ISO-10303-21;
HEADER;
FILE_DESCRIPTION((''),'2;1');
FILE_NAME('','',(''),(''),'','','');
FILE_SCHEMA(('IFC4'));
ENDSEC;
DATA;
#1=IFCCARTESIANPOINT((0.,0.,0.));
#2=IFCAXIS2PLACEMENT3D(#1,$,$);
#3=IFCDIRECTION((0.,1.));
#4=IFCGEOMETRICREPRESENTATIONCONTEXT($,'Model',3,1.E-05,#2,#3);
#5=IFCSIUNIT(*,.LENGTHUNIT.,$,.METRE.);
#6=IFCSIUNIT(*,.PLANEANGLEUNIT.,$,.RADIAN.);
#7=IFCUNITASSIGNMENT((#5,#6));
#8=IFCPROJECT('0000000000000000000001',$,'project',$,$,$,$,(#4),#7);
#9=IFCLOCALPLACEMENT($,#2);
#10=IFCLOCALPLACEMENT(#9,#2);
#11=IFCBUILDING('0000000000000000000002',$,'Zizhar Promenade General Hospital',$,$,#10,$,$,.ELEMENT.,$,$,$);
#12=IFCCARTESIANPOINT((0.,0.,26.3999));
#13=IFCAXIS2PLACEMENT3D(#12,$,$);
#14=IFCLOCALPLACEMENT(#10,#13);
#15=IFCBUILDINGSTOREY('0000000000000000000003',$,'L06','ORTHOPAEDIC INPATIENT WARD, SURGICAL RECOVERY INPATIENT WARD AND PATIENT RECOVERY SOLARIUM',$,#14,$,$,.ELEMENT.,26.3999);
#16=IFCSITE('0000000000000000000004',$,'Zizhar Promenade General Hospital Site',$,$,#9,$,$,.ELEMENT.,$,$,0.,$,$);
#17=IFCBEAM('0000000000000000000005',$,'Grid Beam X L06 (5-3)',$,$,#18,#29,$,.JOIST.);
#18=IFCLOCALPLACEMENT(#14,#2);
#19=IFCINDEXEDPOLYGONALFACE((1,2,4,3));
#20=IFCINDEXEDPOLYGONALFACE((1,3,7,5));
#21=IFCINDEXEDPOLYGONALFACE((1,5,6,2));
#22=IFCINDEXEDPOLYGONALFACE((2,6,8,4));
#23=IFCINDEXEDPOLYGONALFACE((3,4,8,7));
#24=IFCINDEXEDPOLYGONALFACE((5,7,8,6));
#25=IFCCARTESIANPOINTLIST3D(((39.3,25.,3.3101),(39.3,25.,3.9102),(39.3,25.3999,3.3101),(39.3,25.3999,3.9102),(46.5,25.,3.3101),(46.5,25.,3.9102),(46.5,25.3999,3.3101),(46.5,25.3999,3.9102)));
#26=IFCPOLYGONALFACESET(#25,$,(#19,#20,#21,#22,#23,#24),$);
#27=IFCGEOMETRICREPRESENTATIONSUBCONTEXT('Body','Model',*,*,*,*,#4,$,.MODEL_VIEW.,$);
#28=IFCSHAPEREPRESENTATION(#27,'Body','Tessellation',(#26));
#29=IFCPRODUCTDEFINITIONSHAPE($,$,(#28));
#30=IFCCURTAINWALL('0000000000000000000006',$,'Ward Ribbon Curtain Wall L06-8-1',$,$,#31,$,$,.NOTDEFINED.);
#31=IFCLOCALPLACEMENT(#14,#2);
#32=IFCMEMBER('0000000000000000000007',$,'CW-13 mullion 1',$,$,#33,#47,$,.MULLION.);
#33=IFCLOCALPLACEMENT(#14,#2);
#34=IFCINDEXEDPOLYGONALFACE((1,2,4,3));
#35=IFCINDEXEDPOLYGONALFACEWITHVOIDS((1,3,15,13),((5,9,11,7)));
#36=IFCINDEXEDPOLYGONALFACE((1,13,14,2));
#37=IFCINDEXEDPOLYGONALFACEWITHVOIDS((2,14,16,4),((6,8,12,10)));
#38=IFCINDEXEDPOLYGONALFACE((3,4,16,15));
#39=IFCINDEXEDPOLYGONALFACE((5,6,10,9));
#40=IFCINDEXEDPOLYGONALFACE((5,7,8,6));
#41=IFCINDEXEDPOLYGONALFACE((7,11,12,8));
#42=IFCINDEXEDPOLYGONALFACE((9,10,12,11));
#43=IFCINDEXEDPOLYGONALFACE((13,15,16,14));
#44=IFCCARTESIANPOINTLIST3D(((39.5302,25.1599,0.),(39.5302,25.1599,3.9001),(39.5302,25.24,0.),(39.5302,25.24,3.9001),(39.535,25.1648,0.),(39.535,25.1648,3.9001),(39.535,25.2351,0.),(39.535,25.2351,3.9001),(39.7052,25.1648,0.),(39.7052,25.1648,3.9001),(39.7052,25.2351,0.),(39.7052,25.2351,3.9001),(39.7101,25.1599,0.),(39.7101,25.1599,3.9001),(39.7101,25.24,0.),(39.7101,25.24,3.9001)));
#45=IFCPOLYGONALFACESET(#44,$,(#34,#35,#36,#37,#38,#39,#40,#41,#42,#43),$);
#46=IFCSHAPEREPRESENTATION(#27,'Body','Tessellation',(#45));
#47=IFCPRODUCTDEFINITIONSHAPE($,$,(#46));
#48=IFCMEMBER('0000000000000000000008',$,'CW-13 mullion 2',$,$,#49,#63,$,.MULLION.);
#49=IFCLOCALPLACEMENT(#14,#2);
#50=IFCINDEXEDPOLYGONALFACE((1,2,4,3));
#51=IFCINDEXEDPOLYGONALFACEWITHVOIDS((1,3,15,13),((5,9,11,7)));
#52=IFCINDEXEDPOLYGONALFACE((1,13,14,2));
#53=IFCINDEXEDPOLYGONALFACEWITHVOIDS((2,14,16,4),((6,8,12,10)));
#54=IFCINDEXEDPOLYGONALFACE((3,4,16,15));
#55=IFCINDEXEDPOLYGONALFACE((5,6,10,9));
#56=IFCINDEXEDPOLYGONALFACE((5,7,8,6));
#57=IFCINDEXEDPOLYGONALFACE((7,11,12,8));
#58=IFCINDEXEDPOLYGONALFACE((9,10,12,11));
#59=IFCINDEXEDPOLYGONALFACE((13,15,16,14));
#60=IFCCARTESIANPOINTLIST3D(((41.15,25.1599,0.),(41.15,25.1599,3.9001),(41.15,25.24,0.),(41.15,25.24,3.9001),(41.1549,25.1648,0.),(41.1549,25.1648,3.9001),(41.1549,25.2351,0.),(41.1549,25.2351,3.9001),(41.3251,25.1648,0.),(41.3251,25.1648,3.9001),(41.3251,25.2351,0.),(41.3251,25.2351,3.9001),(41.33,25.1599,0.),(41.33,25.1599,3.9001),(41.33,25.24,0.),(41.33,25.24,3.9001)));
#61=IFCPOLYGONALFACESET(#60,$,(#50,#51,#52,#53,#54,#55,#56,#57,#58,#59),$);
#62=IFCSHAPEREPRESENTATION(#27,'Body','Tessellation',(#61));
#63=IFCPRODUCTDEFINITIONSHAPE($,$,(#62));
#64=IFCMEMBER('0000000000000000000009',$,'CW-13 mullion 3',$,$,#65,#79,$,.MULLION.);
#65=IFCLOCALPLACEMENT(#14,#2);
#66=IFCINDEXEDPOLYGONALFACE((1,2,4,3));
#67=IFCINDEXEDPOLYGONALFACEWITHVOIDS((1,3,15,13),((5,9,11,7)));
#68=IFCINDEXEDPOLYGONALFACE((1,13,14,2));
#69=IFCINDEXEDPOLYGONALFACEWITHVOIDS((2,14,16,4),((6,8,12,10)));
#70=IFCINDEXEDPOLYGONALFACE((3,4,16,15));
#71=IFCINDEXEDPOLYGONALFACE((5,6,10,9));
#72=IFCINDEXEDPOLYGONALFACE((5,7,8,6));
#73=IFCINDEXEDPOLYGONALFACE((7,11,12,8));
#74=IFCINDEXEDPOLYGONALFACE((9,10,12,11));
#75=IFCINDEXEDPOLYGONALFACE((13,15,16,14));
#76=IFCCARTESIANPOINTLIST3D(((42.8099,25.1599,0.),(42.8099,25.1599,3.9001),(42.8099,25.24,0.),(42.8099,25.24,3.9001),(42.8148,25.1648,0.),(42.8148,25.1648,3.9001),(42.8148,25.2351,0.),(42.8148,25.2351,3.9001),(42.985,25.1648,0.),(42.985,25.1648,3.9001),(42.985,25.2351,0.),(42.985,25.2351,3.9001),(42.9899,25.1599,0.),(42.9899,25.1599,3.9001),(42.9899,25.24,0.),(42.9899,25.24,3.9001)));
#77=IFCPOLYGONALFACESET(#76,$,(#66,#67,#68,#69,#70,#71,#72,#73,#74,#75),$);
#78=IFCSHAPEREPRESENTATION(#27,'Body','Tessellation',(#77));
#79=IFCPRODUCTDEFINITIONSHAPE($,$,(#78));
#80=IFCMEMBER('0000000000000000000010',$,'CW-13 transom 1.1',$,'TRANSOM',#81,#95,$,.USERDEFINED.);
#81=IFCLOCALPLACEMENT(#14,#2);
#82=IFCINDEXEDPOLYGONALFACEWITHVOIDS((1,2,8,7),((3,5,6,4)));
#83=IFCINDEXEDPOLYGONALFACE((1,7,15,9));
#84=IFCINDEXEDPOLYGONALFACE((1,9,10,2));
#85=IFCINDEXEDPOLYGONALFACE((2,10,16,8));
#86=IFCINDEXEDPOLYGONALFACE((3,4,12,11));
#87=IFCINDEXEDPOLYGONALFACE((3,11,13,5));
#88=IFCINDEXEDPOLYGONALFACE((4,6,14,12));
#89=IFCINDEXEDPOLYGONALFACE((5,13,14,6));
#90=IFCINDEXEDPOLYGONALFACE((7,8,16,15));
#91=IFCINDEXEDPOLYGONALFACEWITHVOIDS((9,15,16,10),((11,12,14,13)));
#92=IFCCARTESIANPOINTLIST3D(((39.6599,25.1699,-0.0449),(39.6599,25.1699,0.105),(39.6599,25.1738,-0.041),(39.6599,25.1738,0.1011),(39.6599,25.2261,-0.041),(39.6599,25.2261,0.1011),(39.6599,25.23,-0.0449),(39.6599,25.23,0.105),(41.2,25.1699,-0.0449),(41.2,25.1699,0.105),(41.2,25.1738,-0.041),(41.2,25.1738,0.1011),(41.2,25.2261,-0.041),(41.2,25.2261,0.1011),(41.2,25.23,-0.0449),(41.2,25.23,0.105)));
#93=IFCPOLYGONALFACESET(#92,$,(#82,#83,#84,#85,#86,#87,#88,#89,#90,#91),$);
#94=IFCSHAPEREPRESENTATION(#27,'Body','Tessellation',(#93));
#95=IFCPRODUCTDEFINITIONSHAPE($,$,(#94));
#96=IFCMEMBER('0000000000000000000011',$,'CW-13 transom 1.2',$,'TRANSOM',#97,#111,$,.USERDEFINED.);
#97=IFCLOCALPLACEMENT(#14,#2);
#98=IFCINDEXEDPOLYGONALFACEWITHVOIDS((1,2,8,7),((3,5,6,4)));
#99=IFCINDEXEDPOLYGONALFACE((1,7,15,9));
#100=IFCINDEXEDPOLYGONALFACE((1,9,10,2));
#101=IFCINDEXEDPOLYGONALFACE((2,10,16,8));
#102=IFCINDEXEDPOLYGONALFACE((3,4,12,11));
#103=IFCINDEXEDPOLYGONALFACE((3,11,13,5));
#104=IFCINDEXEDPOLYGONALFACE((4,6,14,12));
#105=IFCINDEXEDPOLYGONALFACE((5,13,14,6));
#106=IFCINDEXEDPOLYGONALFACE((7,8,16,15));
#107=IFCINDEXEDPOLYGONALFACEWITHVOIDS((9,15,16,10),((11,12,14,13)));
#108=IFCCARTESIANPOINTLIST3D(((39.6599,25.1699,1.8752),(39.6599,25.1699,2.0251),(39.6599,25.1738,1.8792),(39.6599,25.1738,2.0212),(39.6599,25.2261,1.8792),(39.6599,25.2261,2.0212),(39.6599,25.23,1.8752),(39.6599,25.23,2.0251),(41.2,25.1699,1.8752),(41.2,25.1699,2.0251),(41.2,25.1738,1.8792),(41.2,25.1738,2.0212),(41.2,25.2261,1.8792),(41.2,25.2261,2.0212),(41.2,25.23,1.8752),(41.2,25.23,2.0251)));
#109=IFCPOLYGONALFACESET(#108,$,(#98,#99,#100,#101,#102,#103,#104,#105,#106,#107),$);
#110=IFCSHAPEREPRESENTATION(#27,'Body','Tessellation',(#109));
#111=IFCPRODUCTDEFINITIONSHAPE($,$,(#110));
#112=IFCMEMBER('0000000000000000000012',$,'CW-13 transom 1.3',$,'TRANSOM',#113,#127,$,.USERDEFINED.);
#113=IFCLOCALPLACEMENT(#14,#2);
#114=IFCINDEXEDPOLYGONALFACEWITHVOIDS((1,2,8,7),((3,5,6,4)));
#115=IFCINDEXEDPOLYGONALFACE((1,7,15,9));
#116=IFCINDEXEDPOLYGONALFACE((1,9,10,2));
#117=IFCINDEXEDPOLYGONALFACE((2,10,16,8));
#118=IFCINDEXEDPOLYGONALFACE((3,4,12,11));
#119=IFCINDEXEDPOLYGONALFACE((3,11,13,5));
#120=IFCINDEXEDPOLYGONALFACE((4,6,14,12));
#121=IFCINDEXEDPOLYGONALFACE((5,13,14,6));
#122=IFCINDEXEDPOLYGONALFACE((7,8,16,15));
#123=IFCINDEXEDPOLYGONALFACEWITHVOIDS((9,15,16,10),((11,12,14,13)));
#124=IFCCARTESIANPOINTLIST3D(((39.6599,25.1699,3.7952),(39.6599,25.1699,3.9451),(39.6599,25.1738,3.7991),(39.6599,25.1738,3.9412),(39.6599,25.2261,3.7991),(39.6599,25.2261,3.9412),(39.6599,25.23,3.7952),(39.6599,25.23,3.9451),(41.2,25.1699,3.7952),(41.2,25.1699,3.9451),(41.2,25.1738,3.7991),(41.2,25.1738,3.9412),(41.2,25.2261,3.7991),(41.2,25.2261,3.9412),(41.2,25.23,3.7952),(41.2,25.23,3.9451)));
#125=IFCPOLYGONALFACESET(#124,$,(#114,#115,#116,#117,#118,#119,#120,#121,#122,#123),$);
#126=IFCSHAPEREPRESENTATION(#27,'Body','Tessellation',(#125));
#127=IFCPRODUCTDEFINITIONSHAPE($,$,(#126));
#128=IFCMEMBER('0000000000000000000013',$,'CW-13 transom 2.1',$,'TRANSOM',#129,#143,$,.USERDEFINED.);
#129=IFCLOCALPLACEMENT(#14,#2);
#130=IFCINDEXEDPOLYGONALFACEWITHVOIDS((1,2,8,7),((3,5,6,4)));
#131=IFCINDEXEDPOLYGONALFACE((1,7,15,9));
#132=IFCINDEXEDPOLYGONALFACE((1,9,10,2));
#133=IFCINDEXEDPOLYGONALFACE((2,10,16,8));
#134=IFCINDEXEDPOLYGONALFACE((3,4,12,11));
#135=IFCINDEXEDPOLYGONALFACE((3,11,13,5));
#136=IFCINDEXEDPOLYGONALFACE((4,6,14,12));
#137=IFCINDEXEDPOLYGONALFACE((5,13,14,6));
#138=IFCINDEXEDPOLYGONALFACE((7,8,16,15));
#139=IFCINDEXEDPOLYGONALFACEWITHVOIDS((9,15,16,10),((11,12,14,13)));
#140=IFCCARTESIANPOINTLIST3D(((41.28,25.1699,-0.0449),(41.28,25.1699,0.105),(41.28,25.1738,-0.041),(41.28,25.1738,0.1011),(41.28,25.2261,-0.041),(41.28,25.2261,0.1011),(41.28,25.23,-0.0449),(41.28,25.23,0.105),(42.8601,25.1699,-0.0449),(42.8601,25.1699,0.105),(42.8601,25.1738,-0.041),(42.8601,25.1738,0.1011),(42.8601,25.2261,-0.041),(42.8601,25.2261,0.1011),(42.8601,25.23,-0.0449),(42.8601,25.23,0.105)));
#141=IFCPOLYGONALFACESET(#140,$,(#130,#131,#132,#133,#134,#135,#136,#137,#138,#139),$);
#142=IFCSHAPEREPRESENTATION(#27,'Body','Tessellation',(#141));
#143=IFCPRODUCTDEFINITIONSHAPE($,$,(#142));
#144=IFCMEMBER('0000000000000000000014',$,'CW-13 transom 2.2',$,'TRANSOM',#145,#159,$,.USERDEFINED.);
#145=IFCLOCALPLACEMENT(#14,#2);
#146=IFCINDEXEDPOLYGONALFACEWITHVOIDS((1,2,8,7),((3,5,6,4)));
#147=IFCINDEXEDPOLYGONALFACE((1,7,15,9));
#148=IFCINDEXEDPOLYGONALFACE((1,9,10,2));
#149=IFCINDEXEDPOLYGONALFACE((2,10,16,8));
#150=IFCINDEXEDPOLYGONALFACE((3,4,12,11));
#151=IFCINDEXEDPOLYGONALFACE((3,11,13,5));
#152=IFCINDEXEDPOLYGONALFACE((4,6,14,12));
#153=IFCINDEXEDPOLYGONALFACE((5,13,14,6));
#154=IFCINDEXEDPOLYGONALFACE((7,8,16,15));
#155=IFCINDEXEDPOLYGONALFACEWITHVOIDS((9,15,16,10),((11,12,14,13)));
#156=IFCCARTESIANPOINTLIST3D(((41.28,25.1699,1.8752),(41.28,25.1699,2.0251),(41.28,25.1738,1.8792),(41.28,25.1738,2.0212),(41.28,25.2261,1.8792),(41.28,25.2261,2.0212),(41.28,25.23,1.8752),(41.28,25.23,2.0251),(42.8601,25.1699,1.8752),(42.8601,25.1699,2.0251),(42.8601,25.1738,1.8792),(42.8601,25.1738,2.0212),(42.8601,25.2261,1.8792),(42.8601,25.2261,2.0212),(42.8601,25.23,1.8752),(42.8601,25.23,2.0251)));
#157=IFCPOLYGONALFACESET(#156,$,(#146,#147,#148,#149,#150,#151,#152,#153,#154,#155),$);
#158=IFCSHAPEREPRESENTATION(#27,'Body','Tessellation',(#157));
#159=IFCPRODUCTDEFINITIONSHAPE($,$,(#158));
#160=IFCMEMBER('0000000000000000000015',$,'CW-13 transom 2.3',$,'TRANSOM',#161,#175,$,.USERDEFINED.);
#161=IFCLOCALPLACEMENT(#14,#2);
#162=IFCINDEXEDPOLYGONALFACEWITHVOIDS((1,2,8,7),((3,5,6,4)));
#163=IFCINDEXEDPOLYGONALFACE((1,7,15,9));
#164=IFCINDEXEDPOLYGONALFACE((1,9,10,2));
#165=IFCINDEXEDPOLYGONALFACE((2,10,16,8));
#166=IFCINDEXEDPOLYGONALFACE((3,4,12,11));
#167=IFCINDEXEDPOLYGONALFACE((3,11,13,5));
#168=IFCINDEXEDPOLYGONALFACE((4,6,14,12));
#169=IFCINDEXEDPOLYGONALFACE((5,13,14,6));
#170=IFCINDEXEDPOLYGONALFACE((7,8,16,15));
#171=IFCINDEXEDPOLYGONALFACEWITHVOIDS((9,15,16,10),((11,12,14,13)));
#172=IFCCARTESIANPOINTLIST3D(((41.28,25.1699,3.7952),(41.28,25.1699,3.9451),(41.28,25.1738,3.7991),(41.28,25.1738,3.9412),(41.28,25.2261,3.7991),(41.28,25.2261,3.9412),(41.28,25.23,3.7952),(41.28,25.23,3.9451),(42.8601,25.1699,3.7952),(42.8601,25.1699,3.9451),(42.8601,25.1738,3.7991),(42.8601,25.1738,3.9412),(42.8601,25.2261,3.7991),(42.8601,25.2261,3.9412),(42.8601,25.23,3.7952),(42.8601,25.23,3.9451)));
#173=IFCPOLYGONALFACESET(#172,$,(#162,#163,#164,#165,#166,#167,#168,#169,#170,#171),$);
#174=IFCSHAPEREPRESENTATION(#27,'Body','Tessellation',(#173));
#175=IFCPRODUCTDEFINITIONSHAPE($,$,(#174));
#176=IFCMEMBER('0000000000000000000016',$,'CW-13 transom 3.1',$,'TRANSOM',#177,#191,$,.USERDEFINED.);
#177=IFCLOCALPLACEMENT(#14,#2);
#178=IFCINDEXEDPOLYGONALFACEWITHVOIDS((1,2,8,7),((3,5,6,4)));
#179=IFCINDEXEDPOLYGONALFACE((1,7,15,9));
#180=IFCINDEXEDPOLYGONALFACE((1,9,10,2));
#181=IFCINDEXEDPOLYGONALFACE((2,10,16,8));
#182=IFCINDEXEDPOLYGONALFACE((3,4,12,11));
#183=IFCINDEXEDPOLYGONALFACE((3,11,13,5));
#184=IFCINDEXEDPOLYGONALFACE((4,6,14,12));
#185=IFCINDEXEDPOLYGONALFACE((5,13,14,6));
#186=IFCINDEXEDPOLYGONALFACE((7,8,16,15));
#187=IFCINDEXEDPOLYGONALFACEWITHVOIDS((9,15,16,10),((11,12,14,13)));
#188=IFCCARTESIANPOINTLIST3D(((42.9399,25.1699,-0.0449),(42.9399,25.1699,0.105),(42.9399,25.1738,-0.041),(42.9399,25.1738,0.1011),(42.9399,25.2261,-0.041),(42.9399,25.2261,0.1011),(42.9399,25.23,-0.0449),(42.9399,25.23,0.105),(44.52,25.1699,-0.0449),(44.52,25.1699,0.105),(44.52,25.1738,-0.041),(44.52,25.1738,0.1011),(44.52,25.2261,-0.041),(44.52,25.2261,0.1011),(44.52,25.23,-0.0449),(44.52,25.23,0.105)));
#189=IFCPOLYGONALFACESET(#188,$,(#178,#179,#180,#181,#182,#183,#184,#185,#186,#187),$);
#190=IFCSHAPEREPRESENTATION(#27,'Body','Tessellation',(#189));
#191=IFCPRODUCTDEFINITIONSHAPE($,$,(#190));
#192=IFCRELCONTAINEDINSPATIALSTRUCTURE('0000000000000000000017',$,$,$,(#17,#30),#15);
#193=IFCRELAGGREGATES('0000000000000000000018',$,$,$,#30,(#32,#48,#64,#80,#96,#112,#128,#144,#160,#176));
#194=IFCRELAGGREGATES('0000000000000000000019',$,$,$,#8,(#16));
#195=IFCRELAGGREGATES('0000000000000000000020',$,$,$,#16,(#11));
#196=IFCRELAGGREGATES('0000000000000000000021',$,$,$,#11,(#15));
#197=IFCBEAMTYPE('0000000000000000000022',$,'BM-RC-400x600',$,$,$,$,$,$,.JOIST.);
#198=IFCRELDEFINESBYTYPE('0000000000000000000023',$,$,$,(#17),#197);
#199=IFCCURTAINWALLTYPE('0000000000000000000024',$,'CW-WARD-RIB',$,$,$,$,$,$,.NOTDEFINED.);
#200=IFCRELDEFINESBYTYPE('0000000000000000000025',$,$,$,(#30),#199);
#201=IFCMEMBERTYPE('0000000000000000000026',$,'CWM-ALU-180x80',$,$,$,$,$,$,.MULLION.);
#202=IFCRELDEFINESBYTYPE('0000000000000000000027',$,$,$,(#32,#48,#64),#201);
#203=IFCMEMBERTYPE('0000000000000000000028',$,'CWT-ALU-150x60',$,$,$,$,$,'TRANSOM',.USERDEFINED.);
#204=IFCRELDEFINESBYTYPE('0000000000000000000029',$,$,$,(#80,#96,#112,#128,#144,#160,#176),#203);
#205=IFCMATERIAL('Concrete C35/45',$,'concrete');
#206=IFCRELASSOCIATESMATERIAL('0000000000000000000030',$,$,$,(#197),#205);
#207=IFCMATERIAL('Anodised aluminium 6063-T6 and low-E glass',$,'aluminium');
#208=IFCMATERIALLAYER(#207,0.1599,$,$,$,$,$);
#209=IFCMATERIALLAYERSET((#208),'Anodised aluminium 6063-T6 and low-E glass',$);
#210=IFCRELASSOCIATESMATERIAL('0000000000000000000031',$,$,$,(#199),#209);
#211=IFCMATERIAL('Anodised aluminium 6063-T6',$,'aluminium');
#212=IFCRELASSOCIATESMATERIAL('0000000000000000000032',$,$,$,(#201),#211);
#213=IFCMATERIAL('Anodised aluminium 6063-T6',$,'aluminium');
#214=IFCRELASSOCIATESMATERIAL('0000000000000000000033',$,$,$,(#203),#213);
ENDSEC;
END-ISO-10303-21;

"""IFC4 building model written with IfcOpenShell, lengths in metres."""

from ifc_helpers import new_model, si_unit, direction, frame, origin, origin_2d, place, context, subcontext, project, spatial, rectangle, hollow_rectangle, extrude, material, layer, layer_set, material_profile, profile_set, type_object, element, aggregate, save


model = new_model("IFC4")

# Units and contexts
model_context = context("Model", 3, precision=1e-05, world=origin(), true_north=direction((0.0, 1.0)))
body_context = subcontext(model_context, "Body", "Model", "MODEL_VIEW")
ifc_project = project(units=[si_unit("LENGTHUNIT", "METRE"), si_unit("PLANEANGLEUNIT", "RADIAN")], contexts=[model_context])

# Site, building, storey
site_placement = place(None, origin())
site = spatial("IfcSite", under=ifc_project, at=site_placement, Name="Zizhar Promenade General Hospital Site", CompositionType="ELEMENT", RefElevation=0.0)
building_placement = place(site_placement, origin())
building = spatial("IfcBuilding", under=site, at=building_placement, Name="Zizhar Promenade General Hospital", CompositionType="ELEMENT")
storey_placement = place(building_placement, frame((0.0, 0.0, 26.3999)))
storey = spatial("IfcBuildingStorey", under=building, at=storey_placement, Name="L06", Description="ORTHOPAEDIC INPATIENT WARD, SURGICAL RECOVERY INPATIENT WARD AND PATIENT RECOVERY SOLARIUM", CompositionType="ELEMENT", Elevation=26.3999)

# Beam
ifc_material_1 = material(Name="Concrete C35/45", Category="concrete")
ifc_material_profile_1 = material_profile(ifc_material_1, rectangle(XDim=0.3999, YDim=0.6001, at=origin_2d()))
ifc_profile_set_1 = profile_set([ifc_material_profile_1], Name="Concrete C35/45")
beam_type = type_object("IfcBeamType", Name="BM-RC-400x600", PredefinedType="JOIST", material=ifc_profile_set_1)
beam_placement = place(storey_placement, frame((39.3, 25.2, 3.6101), z_axis=(1.0, 0.0, 0.0), x_axis=(0.0, 1.0, 0.0)))
element("IfcBeam", 1, at=beam_placement, inside=storey, type_object=beam_type, Name="Grid Beam X L06 (5-3)", PredefinedType="JOIST", context=body_context, shape_type="SweptSolid", body=[
    extrude(rectangle(XDim=0.3999, YDim=0.6001, at=origin_2d()), origin(), (0.0, 0.0, 1.0), 7.2),
])

# Curtain wall, members
ifc_material_2 = material(Name="Anodised aluminium 6063-T6 and low-E glass", Category="aluminium")
ifc_layer_1 = layer(ifc_material_2, 0.1599)
ifc_layer_set_1 = layer_set([ifc_layer_1], Name="Anodised aluminium 6063-T6 and low-E glass")
curtain_wall_type = type_object("IfcCurtainWallType", Name="CW-WARD-RIB", PredefinedType="NOTDEFINED", material=ifc_layer_set_1)
curtain_wall_placement = place(storey_placement, origin())
curtain_wall = element("IfcCurtainWall", 2, at=curtain_wall_placement, inside=storey, type_object=curtain_wall_type, Name="Ward Ribbon Curtain Wall L06-8-1", PredefinedType="NOTDEFINED")
ifc_material_3 = material(Name="Anodised aluminium 6063-T6", Category="aluminium")
ifc_material_profile_2 = material_profile(ifc_material_3, hollow_rectangle(XDim=0.0801, YDim=0.1799, WallThickness=0.0049, at=origin_2d()))
ifc_profile_set_2 = profile_set([ifc_material_profile_2], Name="Anodised aluminium 6063-T6")
member_type_1 = type_object("IfcMemberType", Name="CWM-ALU-180x80", PredefinedType="MULLION", material=ifc_profile_set_2)
member_1_placement = place(storey_placement, frame((39.6201, 25.2, 0.0), z_axis=(0.0, 0.0, 1.0), x_axis=(0.0, 1.0, 0.0)))
member_1 = element("IfcMember", 3, at=member_1_placement, type_object=member_type_1, Name="CW-13 mullion 1", PredefinedType="MULLION", context=body_context, shape_type="SweptSolid", body=[
    extrude(hollow_rectangle(XDim=0.0801, YDim=0.1799, WallThickness=0.0049, at=origin_2d()), origin(), (0.0, 0.0, 1.0), 3.9001),
])
member_2_placement = place(storey_placement, frame((41.24, 25.2, 0.0), z_axis=(0.0, 0.0, 1.0), x_axis=(0.0, 1.0, 0.0)))
member_2 = element("IfcMember", 4, at=member_2_placement, type_object=member_type_1, Name="CW-13 mullion 2", PredefinedType="MULLION", context=body_context, shape_type="SweptSolid", body=[
    extrude(hollow_rectangle(XDim=0.0801, YDim=0.1799, WallThickness=0.0049, at=origin_2d()), origin(), (0.0, 0.0, 1.0), 3.9001),
])
member_3_placement = place(storey_placement, frame((42.8999, 25.2, 0.0), z_axis=(0.0, 0.0, 1.0), x_axis=(0.0, 1.0, 0.0)))
member_3 = element("IfcMember", 5, at=member_3_placement, type_object=member_type_1, Name="CW-13 mullion 3", PredefinedType="MULLION", context=body_context, shape_type="SweptSolid", body=[
    extrude(hollow_rectangle(XDim=0.0801, YDim=0.1799, WallThickness=0.0049, at=origin_2d()), origin(), (0.0, 0.0, 1.0), 3.9001),
])
ifc_material_4 = material(Name="Anodised aluminium 6063-T6", Category="aluminium")
ifc_material_profile_3 = material_profile(ifc_material_4, hollow_rectangle(XDim=0.0601, YDim=0.1499, WallThickness=0.0039, at=origin_2d()))
ifc_profile_set_3 = profile_set([ifc_material_profile_3], Name="Anodised aluminium 6063-T6")
member_type_2 = type_object("IfcMemberType", Name="CWT-ALU-150x60", ElementType="TRANSOM", PredefinedType="USERDEFINED", material=ifc_profile_set_3)
member_4_placement = place(storey_placement, frame((39.6599, 25.2, 0.03), z_axis=(1.0, 0.0, 0.0), x_axis=(0.0, 1.0, 0.0)))
member_4 = element("IfcMember", 6, at=member_4_placement, type_object=member_type_2, Name="CW-13 transom 1.1", ObjectType="TRANSOM", PredefinedType="USERDEFINED", context=body_context, shape_type="SweptSolid", body=[
    extrude(hollow_rectangle(XDim=0.0601, YDim=0.1499, WallThickness=0.0039, at=origin_2d()), origin(), (0.0, 0.0, 1.0), 1.54),
])
member_5_placement = place(storey_placement, frame((39.6599, 25.2, 1.9502), z_axis=(1.0, 0.0, 0.0), x_axis=(0.0, 1.0, 0.0)))
member_5 = element("IfcMember", 7, at=member_5_placement, type_object=member_type_2, Name="CW-13 transom 1.2", ObjectType="TRANSOM", PredefinedType="USERDEFINED", context=body_context, shape_type="SweptSolid", body=[
    extrude(hollow_rectangle(XDim=0.0601, YDim=0.1499, WallThickness=0.0039, at=origin_2d()), origin(), (0.0, 0.0, 1.0), 1.54),
])
member_6_placement = place(storey_placement, frame((39.6599, 25.2, 3.8701), z_axis=(1.0, 0.0, 0.0), x_axis=(0.0, 1.0, 0.0)))
member_6 = element("IfcMember", 8, at=member_6_placement, type_object=member_type_2, Name="CW-13 transom 1.3", ObjectType="TRANSOM", PredefinedType="USERDEFINED", context=body_context, shape_type="SweptSolid", body=[
    extrude(hollow_rectangle(XDim=0.0601, YDim=0.1499, WallThickness=0.0039, at=origin_2d()), origin(), (0.0, 0.0, 1.0), 1.54),
])
member_7_placement = place(storey_placement, frame((41.28, 25.2, 0.03), z_axis=(1.0, 0.0, 0.0), x_axis=(0.0, 1.0, 0.0)))
member_7 = element("IfcMember", 9, at=member_7_placement, type_object=member_type_2, Name="CW-13 transom 2.1", ObjectType="TRANSOM", PredefinedType="USERDEFINED", context=body_context, shape_type="SweptSolid", body=[
    extrude(hollow_rectangle(XDim=0.0601, YDim=0.1499, WallThickness=0.0039, at=origin_2d()), origin(), (0.0, 0.0, 1.0), 1.5801),
])
member_8_placement = place(storey_placement, frame((41.28, 25.2, 1.9502), z_axis=(1.0, 0.0, 0.0), x_axis=(0.0, 1.0, 0.0)))
member_8 = element("IfcMember", 10, at=member_8_placement, type_object=member_type_2, Name="CW-13 transom 2.2", ObjectType="TRANSOM", PredefinedType="USERDEFINED", context=body_context, shape_type="SweptSolid", body=[
    extrude(hollow_rectangle(XDim=0.0601, YDim=0.1499, WallThickness=0.0039, at=origin_2d()), origin(), (0.0, 0.0, 1.0), 1.5801),
])
member_9_placement = place(storey_placement, frame((41.28, 25.2, 3.8701), z_axis=(1.0, 0.0, 0.0), x_axis=(0.0, 1.0, 0.0)))
member_9 = element("IfcMember", 11, at=member_9_placement, type_object=member_type_2, Name="CW-13 transom 2.3", ObjectType="TRANSOM", PredefinedType="USERDEFINED", context=body_context, shape_type="SweptSolid", body=[
    extrude(hollow_rectangle(XDim=0.0601, YDim=0.1499, WallThickness=0.0039, at=origin_2d()), origin(), (0.0, 0.0, 1.0), 1.5801),
])
member_10_placement = place(storey_placement, frame((42.9399, 25.2, 0.03), z_axis=(1.0, 0.0, 0.0), x_axis=(0.0, 1.0, 0.0)))
member_10 = element("IfcMember", 12, at=member_10_placement, type_object=member_type_2, Name="CW-13 transom 3.1", ObjectType="TRANSOM", PredefinedType="USERDEFINED", context=body_context, shape_type="SweptSolid", body=[
    extrude(hollow_rectangle(XDim=0.0601, YDim=0.1499, WallThickness=0.0039, at=origin_2d()), origin(), (0.0, 0.0, 1.0), 1.5801),
])
aggregate(curtain_wall, [member_1, member_2, member_3, member_4, member_5, member_6, member_7, member_8, member_9, member_10])

save(model, "model.ifc")
